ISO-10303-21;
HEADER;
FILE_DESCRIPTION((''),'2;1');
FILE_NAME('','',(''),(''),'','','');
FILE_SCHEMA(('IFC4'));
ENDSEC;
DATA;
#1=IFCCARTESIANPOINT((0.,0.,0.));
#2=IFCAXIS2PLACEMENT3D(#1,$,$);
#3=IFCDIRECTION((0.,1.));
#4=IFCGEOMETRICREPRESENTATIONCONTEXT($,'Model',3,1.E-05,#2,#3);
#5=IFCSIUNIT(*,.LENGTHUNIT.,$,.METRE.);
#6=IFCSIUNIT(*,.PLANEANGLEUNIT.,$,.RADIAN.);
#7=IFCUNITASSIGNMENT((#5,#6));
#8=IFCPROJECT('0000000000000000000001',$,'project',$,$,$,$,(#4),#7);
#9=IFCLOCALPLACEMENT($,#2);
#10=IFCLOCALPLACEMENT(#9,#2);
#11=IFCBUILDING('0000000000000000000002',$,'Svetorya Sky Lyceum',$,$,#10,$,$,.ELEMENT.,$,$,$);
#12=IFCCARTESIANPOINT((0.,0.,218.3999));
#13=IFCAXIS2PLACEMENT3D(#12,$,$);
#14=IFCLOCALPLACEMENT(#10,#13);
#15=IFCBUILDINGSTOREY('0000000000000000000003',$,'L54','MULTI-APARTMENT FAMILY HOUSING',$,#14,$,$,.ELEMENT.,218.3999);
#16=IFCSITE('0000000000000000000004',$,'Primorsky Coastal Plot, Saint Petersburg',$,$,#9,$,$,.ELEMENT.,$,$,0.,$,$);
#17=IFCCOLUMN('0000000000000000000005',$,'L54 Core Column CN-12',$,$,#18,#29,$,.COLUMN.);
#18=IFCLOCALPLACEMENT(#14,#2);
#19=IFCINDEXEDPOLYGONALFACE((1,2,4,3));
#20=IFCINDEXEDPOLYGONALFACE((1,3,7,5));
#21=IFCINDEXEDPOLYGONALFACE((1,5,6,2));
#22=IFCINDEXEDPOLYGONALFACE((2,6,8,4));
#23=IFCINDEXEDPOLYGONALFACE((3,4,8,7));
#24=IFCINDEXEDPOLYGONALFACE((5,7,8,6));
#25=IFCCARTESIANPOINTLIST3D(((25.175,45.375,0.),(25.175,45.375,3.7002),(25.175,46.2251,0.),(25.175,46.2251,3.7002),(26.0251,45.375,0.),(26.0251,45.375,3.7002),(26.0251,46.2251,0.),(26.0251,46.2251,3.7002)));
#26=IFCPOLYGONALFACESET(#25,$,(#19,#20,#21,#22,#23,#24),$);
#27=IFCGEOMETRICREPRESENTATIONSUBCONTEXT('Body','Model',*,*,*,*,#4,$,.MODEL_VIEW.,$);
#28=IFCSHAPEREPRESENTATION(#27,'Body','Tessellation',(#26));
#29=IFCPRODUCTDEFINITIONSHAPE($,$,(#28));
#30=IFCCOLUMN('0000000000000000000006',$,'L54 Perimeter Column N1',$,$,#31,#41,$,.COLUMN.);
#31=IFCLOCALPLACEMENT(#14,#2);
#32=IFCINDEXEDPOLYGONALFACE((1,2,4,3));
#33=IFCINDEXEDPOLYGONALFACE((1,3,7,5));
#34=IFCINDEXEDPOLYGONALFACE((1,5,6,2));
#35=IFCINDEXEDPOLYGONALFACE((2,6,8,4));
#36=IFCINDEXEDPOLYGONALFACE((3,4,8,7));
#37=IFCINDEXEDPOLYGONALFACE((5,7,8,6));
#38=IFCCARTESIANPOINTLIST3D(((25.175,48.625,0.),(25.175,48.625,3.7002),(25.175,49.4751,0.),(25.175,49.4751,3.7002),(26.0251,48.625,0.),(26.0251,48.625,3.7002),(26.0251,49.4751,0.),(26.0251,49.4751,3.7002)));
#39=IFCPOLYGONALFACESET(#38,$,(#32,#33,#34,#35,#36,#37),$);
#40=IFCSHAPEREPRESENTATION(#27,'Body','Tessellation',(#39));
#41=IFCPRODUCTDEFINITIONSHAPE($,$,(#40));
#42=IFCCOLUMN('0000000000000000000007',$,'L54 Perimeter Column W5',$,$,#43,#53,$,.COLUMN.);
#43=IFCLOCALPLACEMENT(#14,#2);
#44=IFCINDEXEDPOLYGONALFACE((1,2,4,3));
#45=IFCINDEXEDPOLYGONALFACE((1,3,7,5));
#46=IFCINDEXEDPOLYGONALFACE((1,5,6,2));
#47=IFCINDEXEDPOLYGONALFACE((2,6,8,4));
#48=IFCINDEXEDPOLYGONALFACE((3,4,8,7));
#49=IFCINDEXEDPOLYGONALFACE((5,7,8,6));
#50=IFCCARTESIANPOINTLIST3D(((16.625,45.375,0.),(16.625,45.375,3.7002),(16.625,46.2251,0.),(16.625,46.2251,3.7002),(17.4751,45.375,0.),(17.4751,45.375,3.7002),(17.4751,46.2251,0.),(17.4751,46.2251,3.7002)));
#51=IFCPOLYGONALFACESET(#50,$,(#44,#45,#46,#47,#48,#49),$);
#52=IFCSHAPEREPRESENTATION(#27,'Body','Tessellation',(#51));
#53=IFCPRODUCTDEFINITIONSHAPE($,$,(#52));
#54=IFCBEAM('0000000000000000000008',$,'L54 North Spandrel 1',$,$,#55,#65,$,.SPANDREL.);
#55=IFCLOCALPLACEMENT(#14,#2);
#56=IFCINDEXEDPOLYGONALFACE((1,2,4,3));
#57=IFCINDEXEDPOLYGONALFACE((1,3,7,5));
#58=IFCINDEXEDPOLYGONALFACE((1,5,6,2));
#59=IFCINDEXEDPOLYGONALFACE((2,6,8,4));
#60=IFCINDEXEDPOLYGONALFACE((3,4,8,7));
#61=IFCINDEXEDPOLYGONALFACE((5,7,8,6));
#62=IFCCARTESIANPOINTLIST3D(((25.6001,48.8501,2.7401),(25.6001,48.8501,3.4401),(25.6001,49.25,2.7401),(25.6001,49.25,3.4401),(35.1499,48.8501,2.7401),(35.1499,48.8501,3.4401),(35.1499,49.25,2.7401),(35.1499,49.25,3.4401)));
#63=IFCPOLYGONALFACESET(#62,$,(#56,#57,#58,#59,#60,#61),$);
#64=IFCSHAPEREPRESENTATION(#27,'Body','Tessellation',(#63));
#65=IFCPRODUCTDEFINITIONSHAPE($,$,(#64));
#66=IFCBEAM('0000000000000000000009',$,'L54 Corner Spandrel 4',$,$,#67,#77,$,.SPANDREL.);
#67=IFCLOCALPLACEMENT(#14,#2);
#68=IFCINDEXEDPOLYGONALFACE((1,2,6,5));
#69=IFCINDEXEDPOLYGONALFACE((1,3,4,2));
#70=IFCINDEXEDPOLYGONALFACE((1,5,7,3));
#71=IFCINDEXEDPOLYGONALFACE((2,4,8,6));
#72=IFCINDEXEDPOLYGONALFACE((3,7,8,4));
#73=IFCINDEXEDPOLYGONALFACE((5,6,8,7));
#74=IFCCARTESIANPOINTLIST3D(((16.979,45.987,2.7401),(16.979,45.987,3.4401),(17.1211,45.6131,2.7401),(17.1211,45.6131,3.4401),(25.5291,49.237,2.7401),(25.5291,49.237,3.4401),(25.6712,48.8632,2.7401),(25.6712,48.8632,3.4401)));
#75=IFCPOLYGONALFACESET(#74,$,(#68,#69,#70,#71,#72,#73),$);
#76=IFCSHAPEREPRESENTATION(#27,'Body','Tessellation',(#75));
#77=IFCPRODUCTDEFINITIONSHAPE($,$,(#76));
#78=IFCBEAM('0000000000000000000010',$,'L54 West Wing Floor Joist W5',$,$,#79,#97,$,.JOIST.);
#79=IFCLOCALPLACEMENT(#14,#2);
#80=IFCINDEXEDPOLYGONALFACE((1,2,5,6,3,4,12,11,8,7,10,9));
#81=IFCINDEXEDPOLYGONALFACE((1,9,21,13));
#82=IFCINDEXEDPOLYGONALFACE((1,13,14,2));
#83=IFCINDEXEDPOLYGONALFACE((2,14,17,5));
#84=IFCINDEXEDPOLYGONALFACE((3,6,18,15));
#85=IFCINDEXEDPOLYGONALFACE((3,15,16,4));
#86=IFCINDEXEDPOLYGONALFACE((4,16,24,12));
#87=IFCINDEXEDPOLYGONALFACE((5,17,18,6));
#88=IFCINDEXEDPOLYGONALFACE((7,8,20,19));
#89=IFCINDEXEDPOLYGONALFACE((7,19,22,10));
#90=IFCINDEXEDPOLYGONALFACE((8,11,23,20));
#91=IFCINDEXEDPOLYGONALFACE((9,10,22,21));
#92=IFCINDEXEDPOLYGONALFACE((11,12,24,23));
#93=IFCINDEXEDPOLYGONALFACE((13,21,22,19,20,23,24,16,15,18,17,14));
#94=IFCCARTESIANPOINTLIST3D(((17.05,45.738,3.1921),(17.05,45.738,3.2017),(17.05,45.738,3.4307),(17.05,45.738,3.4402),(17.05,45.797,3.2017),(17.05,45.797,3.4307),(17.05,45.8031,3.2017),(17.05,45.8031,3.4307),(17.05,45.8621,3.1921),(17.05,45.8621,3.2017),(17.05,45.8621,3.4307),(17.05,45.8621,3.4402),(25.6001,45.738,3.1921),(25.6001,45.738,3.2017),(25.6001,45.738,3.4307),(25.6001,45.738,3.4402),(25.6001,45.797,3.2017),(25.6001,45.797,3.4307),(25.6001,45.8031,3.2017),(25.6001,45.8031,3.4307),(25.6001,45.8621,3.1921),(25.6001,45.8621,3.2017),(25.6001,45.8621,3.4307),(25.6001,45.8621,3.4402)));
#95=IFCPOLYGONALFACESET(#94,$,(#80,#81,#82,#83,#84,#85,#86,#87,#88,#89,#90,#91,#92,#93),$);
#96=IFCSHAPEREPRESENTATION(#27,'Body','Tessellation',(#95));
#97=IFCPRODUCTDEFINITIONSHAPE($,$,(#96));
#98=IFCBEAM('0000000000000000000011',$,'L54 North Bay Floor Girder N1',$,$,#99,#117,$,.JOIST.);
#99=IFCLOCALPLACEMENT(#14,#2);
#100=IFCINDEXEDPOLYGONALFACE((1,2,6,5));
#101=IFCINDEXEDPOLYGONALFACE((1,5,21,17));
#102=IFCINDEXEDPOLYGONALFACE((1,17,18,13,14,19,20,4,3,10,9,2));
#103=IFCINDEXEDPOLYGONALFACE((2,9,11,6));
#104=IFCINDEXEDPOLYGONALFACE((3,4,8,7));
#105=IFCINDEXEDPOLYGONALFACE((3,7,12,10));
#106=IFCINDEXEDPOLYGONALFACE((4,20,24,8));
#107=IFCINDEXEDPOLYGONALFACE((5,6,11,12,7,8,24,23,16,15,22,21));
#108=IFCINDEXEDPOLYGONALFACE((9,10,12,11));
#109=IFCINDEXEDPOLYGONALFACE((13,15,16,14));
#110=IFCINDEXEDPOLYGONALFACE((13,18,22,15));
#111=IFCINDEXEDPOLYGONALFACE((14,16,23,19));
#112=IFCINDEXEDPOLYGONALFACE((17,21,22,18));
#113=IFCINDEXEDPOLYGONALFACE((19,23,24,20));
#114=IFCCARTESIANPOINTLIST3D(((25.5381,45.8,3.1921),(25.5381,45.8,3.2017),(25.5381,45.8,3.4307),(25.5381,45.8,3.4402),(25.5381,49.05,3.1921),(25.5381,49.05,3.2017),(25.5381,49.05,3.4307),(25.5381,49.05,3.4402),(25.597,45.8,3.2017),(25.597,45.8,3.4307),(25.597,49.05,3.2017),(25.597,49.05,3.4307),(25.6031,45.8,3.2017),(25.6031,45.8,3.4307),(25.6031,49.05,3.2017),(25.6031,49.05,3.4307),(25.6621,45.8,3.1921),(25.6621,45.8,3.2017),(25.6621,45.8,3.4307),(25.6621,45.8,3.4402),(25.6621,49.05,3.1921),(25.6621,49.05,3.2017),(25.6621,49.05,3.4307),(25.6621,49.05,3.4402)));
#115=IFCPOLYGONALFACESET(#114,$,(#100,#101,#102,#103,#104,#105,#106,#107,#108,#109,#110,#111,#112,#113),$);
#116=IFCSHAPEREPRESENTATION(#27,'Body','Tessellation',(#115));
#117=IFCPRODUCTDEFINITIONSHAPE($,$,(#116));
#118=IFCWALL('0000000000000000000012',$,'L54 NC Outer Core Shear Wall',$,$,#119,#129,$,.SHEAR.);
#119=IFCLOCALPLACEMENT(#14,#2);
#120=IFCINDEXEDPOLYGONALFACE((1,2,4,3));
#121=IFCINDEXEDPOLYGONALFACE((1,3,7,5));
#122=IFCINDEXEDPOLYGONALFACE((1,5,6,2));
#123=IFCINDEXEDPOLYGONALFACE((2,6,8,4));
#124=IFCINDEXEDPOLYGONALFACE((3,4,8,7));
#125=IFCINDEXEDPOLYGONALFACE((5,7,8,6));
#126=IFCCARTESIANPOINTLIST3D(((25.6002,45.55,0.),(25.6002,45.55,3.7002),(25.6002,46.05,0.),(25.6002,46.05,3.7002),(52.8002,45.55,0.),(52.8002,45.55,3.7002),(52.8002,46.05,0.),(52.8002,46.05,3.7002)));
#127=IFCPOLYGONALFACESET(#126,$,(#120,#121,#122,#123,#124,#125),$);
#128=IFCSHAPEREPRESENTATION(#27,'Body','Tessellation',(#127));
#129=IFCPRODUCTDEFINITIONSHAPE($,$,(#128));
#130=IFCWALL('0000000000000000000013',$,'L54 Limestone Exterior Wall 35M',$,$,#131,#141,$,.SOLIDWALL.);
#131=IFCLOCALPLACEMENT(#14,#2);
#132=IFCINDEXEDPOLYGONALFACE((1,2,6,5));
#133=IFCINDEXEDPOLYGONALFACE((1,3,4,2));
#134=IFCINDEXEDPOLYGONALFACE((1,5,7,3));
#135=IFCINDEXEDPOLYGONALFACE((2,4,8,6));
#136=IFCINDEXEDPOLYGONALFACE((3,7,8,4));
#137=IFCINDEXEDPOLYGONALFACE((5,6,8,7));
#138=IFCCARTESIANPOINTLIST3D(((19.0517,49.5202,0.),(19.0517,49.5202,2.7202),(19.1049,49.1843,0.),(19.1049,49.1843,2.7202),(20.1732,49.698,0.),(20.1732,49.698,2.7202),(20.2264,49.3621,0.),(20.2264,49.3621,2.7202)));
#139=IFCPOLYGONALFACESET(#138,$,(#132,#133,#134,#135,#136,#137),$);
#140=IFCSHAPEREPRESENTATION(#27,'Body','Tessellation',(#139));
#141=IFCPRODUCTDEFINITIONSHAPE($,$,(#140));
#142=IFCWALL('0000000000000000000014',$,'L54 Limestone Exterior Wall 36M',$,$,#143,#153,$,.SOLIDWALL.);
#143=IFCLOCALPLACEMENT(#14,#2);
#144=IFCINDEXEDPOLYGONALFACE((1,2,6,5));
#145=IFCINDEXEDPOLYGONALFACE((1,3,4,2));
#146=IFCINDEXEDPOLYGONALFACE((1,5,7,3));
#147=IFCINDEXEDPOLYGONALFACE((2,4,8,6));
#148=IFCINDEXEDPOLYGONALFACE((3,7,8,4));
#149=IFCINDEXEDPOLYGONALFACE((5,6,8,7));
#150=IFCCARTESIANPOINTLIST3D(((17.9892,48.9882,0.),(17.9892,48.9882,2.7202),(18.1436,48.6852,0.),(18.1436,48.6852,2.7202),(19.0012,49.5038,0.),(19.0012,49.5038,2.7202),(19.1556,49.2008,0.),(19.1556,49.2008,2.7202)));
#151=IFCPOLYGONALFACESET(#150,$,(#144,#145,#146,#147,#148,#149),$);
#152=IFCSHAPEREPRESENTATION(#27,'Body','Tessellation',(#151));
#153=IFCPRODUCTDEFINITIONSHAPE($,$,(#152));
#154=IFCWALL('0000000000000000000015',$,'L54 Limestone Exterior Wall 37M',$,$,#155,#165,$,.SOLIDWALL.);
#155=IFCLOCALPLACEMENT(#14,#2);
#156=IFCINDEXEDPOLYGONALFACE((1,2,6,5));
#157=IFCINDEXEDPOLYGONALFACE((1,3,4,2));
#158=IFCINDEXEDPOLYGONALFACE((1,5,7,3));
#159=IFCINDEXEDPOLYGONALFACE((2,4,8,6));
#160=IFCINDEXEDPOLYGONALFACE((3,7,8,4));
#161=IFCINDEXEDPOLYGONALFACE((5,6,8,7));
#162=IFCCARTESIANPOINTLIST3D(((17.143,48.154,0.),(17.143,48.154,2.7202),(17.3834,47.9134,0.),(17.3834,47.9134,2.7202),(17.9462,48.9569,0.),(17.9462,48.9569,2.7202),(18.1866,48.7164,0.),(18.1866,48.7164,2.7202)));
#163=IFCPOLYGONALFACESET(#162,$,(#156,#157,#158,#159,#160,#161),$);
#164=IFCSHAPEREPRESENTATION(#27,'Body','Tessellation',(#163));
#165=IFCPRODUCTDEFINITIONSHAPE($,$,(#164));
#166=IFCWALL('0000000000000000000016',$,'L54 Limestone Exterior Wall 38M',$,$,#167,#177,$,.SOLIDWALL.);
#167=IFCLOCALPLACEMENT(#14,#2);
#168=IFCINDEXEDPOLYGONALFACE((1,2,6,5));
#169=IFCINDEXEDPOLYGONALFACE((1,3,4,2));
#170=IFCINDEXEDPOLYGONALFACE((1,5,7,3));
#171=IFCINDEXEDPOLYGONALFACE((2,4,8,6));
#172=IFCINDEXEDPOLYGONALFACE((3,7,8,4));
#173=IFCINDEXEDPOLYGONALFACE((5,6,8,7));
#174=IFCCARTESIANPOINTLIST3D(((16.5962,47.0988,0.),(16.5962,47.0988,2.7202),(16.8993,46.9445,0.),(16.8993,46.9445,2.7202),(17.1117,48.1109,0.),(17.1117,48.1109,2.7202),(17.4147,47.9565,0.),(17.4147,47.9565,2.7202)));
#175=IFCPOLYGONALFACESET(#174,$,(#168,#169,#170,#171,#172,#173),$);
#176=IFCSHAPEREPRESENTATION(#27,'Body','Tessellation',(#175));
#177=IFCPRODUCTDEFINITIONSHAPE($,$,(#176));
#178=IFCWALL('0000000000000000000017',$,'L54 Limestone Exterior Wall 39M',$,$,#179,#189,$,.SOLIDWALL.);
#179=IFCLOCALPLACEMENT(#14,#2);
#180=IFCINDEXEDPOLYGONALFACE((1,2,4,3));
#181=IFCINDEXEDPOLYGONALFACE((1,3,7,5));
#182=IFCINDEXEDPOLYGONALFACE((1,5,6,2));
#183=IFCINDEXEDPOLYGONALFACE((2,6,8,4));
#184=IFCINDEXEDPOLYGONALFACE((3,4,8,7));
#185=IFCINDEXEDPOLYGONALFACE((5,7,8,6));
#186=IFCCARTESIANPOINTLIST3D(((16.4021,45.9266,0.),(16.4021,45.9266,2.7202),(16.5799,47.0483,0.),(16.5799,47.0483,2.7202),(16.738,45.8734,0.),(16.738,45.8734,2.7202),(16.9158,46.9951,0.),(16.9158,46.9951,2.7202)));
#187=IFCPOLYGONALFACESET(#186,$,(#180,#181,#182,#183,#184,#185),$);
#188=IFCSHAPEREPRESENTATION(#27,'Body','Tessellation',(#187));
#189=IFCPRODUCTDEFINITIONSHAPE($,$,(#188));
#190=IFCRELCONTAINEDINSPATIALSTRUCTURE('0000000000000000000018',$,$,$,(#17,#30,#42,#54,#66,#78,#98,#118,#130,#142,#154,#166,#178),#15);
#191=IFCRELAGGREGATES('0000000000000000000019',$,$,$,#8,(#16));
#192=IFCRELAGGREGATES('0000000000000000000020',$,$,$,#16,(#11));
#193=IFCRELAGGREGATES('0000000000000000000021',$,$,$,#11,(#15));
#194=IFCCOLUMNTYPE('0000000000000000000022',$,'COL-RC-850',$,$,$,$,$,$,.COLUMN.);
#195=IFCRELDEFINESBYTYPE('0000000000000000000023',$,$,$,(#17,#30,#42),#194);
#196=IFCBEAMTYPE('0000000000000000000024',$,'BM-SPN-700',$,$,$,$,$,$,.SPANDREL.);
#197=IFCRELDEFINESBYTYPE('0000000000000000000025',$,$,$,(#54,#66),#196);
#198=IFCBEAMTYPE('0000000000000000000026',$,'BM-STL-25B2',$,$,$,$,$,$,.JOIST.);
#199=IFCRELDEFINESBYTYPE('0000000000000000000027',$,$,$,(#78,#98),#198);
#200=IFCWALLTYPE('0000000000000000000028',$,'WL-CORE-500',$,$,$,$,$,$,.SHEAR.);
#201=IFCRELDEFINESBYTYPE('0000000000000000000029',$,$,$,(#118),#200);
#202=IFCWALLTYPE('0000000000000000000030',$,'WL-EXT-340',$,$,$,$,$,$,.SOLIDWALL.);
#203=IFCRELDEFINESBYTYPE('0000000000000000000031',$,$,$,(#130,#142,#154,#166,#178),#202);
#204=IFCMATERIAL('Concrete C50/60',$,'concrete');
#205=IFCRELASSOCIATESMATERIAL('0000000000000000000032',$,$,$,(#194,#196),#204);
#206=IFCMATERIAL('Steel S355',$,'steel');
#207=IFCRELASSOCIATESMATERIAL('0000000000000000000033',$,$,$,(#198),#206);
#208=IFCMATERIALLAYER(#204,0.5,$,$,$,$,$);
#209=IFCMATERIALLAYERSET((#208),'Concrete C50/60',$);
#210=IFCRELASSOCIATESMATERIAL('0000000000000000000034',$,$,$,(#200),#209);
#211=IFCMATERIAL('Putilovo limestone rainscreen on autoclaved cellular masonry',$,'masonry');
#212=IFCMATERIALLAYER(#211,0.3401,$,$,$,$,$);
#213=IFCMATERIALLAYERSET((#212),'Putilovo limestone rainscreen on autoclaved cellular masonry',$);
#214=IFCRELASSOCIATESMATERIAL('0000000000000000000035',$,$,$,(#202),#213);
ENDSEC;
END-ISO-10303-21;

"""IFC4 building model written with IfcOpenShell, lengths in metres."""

from ifc_helpers import new_model, si_unit, direction, frame, frame_2d, origin, origin_2d, place, context, subcontext, project, spatial, rectangle, i_section, extrude, material, layer, layer_set, material_profile, profile_set, type_object, element, save


model = new_model("IFC4")

# Units and contexts
model_context = context("Model", 3, precision=1e-05, world=origin(), true_north=direction((0.0, 1.0)))
body_context = subcontext(model_context, "Body", "Model", "MODEL_VIEW")
ifc_project = project(units=[si_unit("LENGTHUNIT", "METRE"), si_unit("PLANEANGLEUNIT", "RADIAN")], contexts=[model_context])

# Site, building, storey
site_placement = place(None, origin())
site = spatial("IfcSite", under=ifc_project, at=site_placement, Name="Primorsky Coastal Plot, Saint Petersburg", CompositionType="ELEMENT", RefElevation=0.0)
building_placement = place(site_placement, origin())
building = spatial("IfcBuilding", under=site, at=building_placement, Name="Svetorya Sky Lyceum", CompositionType="ELEMENT")
storey_placement = place(building_placement, frame((0.0, 0.0, 218.3999)))
storey = spatial("IfcBuildingStorey", under=building, at=storey_placement, Name="L54", Description="MULTI-APARTMENT FAMILY HOUSING", CompositionType="ELEMENT", Elevation=218.3999)

# Columns
ifc_material_1 = material(Name="Concrete C50/60", Category="concrete")
ifc_material_profile_1 = material_profile(ifc_material_1, rectangle(XDim=0.8501, YDim=0.8501, at=origin_2d()), Name="RC COL 850x850")
ifc_profile_set_1 = profile_set([ifc_material_profile_1], Name="Concrete C50/60")
column_type = type_object("IfcColumnType", Name="COL-RC-850", PredefinedType="COLUMN", material=ifc_profile_set_1)
for number, where, z_axis, x_axis, name in (
    (1, (25.6001, 45.8, 0.0), (0.0, 0.0, 1.0), (1.0, 0.0, 0.0), "L54 Core Column CN-12"),
    (2, (25.6001, 49.05, 0.0), (0.0, 0.0, 1.0), (1.0, 0.0, 0.0), "L54 Perimeter Column N1"),
    (3, (17.05, 45.8, 0.0), (0.0, 0.0, 1.0), (1.0, 0.0, 0.0), "L54 Perimeter Column W5"),
):
    element("IfcColumn", number, at=place(storey_placement, frame(where, z_axis=z_axis, x_axis=x_axis)), inside=storey, type_object=column_type, Name=name, PredefinedType="COLUMN", context=body_context, shape_type="SweptSolid", body=[
        extrude(rectangle(XDim=0.8501, YDim=0.8501, at=origin_2d()), origin(), (0.0, 0.0, 1.0), 3.7002),
    ])

# Beams
ifc_material_profile_2 = material_profile(ifc_material_1, rectangle(XDim=0.3999, YDim=0.7, at=origin_2d()), Name="RC SPANDREL 400x700")
ifc_profile_set_2 = profile_set([ifc_material_profile_2], Name="Concrete C50/60")
beam_type_1 = type_object("IfcBeamType", Name="BM-SPN-700", PredefinedType="SPANDREL", material=ifc_profile_set_2)
beam_1_placement = place(storey_placement, frame((25.6001, 49.05, 3.0901), z_axis=(1.0, 0.0, 0.0), x_axis=(0.0, 1.0, 0.0)))
element("IfcBeam", 4, at=beam_1_placement, inside=storey, type_object=beam_type_1, Name="L54 North Spandrel 1", PredefinedType="SPANDREL", context=body_context, shape_type="SweptSolid", body=[
    extrude(rectangle(XDim=0.3999, YDim=0.7, at=origin_2d()), origin(), (0.0, 0.0, 1.0), 9.5498),
])
beam_2_placement = place(storey_placement, frame((17.05, 45.8, 3.0901), z_axis=(0.934748, 0.355312, 0.0), x_axis=(-0.355312, 0.934748, 0.0)))
element("IfcBeam", 5, at=beam_2_placement, inside=storey, type_object=beam_type_1, Name="L54 Corner Spandrel 4", PredefinedType="SPANDREL", context=body_context, shape_type="SweptSolid", body=[
    extrude(rectangle(XDim=0.3999, YDim=0.7, at=origin_2d()), origin(), (0.0, 0.0, 1.0), 9.147),
])
ifc_material_2 = material(Name="Steel S355", Category="steel")
ifc_material_profile_3 = material_profile(ifc_material_2, i_section(OverallWidth=0.124, OverallDepth=0.248, WebThickness=0.0061, FlangeThickness=0.0095, at=origin_2d()), Name="GOST 25B2")
ifc_profile_set_3 = profile_set([ifc_material_profile_3], Name="Steel S355")
beam_type_2 = type_object("IfcBeamType", Name="BM-STL-25B2", PredefinedType="JOIST", material=ifc_profile_set_3)
beam_3_placement = place(storey_placement, frame((17.05, 45.8, 3.3162), z_axis=(1.0, 0.0, 0.0), x_axis=(0.0, 1.0, 0.0)))
element("IfcBeam", 6, at=beam_3_placement, inside=storey, type_object=beam_type_2, Name="L54 West Wing Floor Joist W5", PredefinedType="JOIST", context=body_context, shape_type="SweptSolid", body=[
    extrude(i_section(OverallWidth=0.124, OverallDepth=0.248, WebThickness=0.0061, FlangeThickness=0.0095, at=origin_2d()), origin(), (0.0, 0.0, 1.0), 8.55),
])
beam_4_placement = place(storey_placement, frame((25.6001, 45.8, 3.3162), z_axis=(0.0, 1.0, 0.0), x_axis=(-1.0, 0.0, 0.0)))
element("IfcBeam", 7, at=beam_4_placement, inside=storey, type_object=beam_type_2, Name="L54 North Bay Floor Girder N1", PredefinedType="JOIST", context=body_context, shape_type="SweptSolid", body=[
    extrude(i_section(OverallWidth=0.124, OverallDepth=0.248, WebThickness=0.0061, FlangeThickness=0.0095, at=origin_2d()), origin(), (0.0, 0.0, 1.0), 3.25),
])

# Walls
ifc_layer_1 = layer(ifc_material_1, 0.5)
ifc_layer_set_1 = layer_set([ifc_layer_1], Name="Concrete C50/60")
wall_type_1 = type_object("IfcWallType", Name="WL-CORE-500", PredefinedType="SHEAR", material=ifc_layer_set_1)
wall_1_placement = place(storey_placement, frame((25.6001, 45.8, 0.0), z_axis=(0.0, 0.0, 1.0), x_axis=(1.0, 0.0, 0.0)))
element("IfcWall", 8, at=wall_1_placement, inside=storey, type_object=wall_type_1, Name="L54 NC Outer Core Shear Wall", PredefinedType="SHEAR", context=body_context, shape_type="SweptSolid", body=[
    extrude(rectangle(XDim=27.2, YDim=0.5, at=frame_2d((13.6001, 0.0))), origin(), (0.0, 0.0, 1.0), 3.7002),
])
ifc_material_3 = material(Name="Putilovo limestone rainscreen on autoclaved cellular masonry", Category="masonry")
ifc_layer_2 = layer(ifc_material_3, 0.3401)
ifc_layer_set_2 = layer_set([ifc_layer_2], Name="Putilovo limestone rainscreen on autoclaved cellular masonry")
wall_type_2 = type_object("IfcWallType", Name="WL-EXT-340", PredefinedType="SOLIDWALL", material=ifc_layer_set_2)
wall_2_placement = place(storey_placement, frame((20.2, 49.53, 0.0), z_axis=(0.0, 0.0, 1.0), x_axis=(-0.987676, -0.156515, 0.0)))
element("IfcWall", 9, at=wall_2_placement, inside=storey, type_object=wall_type_2, Name="L54 Limestone Exterior Wall 35M", PredefinedType="SOLIDWALL", context=body_context, shape_type="SweptSolid", body=[
    extrude(rectangle(XDim=1.1355, YDim=0.3401, at=frame_2d((0.5679, 0.0))), origin(), (0.0, 0.0, 1.0), 2.7202),
])
for number, where, z_axis, x_axis, name in (
    (10, (19.0784, 49.3523, 0.0), (0.0, 0.0, 1.0), (-0.891005, -0.453993, 0.0), "L54 Limestone Exterior Wall 36M"),
    (11, (18.0664, 48.8367, 0.0), (0.0, 0.0, 1.0), (-0.707214, -0.706999, 0.0), "L54 Limestone Exterior Wall 37M"),
    (12, (17.2632, 48.0337, 0.0), (0.0, 0.0, 1.0), (-0.453823, -0.891092, 0.0), "L54 Limestone Exterior Wall 38M"),
    (13, (16.7478, 47.0217, 0.0), (0.0, 0.0, 1.0), (-0.156481, -0.987681, 0.0), "L54 Limestone Exterior Wall 39M"),
):
    element("IfcWall", number, at=place(storey_placement, frame(where, z_axis=z_axis, x_axis=x_axis)), inside=storey, type_object=wall_type_2, Name=name, PredefinedType="SOLIDWALL", context=body_context, shape_type="SweptSolid", body=[
        extrude(rectangle(XDim=1.1357, YDim=0.3401, at=frame_2d((0.5679, 0.0))), origin(), (0.0, 0.0, 1.0), 2.7202),
    ])

save(model, "model.ifc")
